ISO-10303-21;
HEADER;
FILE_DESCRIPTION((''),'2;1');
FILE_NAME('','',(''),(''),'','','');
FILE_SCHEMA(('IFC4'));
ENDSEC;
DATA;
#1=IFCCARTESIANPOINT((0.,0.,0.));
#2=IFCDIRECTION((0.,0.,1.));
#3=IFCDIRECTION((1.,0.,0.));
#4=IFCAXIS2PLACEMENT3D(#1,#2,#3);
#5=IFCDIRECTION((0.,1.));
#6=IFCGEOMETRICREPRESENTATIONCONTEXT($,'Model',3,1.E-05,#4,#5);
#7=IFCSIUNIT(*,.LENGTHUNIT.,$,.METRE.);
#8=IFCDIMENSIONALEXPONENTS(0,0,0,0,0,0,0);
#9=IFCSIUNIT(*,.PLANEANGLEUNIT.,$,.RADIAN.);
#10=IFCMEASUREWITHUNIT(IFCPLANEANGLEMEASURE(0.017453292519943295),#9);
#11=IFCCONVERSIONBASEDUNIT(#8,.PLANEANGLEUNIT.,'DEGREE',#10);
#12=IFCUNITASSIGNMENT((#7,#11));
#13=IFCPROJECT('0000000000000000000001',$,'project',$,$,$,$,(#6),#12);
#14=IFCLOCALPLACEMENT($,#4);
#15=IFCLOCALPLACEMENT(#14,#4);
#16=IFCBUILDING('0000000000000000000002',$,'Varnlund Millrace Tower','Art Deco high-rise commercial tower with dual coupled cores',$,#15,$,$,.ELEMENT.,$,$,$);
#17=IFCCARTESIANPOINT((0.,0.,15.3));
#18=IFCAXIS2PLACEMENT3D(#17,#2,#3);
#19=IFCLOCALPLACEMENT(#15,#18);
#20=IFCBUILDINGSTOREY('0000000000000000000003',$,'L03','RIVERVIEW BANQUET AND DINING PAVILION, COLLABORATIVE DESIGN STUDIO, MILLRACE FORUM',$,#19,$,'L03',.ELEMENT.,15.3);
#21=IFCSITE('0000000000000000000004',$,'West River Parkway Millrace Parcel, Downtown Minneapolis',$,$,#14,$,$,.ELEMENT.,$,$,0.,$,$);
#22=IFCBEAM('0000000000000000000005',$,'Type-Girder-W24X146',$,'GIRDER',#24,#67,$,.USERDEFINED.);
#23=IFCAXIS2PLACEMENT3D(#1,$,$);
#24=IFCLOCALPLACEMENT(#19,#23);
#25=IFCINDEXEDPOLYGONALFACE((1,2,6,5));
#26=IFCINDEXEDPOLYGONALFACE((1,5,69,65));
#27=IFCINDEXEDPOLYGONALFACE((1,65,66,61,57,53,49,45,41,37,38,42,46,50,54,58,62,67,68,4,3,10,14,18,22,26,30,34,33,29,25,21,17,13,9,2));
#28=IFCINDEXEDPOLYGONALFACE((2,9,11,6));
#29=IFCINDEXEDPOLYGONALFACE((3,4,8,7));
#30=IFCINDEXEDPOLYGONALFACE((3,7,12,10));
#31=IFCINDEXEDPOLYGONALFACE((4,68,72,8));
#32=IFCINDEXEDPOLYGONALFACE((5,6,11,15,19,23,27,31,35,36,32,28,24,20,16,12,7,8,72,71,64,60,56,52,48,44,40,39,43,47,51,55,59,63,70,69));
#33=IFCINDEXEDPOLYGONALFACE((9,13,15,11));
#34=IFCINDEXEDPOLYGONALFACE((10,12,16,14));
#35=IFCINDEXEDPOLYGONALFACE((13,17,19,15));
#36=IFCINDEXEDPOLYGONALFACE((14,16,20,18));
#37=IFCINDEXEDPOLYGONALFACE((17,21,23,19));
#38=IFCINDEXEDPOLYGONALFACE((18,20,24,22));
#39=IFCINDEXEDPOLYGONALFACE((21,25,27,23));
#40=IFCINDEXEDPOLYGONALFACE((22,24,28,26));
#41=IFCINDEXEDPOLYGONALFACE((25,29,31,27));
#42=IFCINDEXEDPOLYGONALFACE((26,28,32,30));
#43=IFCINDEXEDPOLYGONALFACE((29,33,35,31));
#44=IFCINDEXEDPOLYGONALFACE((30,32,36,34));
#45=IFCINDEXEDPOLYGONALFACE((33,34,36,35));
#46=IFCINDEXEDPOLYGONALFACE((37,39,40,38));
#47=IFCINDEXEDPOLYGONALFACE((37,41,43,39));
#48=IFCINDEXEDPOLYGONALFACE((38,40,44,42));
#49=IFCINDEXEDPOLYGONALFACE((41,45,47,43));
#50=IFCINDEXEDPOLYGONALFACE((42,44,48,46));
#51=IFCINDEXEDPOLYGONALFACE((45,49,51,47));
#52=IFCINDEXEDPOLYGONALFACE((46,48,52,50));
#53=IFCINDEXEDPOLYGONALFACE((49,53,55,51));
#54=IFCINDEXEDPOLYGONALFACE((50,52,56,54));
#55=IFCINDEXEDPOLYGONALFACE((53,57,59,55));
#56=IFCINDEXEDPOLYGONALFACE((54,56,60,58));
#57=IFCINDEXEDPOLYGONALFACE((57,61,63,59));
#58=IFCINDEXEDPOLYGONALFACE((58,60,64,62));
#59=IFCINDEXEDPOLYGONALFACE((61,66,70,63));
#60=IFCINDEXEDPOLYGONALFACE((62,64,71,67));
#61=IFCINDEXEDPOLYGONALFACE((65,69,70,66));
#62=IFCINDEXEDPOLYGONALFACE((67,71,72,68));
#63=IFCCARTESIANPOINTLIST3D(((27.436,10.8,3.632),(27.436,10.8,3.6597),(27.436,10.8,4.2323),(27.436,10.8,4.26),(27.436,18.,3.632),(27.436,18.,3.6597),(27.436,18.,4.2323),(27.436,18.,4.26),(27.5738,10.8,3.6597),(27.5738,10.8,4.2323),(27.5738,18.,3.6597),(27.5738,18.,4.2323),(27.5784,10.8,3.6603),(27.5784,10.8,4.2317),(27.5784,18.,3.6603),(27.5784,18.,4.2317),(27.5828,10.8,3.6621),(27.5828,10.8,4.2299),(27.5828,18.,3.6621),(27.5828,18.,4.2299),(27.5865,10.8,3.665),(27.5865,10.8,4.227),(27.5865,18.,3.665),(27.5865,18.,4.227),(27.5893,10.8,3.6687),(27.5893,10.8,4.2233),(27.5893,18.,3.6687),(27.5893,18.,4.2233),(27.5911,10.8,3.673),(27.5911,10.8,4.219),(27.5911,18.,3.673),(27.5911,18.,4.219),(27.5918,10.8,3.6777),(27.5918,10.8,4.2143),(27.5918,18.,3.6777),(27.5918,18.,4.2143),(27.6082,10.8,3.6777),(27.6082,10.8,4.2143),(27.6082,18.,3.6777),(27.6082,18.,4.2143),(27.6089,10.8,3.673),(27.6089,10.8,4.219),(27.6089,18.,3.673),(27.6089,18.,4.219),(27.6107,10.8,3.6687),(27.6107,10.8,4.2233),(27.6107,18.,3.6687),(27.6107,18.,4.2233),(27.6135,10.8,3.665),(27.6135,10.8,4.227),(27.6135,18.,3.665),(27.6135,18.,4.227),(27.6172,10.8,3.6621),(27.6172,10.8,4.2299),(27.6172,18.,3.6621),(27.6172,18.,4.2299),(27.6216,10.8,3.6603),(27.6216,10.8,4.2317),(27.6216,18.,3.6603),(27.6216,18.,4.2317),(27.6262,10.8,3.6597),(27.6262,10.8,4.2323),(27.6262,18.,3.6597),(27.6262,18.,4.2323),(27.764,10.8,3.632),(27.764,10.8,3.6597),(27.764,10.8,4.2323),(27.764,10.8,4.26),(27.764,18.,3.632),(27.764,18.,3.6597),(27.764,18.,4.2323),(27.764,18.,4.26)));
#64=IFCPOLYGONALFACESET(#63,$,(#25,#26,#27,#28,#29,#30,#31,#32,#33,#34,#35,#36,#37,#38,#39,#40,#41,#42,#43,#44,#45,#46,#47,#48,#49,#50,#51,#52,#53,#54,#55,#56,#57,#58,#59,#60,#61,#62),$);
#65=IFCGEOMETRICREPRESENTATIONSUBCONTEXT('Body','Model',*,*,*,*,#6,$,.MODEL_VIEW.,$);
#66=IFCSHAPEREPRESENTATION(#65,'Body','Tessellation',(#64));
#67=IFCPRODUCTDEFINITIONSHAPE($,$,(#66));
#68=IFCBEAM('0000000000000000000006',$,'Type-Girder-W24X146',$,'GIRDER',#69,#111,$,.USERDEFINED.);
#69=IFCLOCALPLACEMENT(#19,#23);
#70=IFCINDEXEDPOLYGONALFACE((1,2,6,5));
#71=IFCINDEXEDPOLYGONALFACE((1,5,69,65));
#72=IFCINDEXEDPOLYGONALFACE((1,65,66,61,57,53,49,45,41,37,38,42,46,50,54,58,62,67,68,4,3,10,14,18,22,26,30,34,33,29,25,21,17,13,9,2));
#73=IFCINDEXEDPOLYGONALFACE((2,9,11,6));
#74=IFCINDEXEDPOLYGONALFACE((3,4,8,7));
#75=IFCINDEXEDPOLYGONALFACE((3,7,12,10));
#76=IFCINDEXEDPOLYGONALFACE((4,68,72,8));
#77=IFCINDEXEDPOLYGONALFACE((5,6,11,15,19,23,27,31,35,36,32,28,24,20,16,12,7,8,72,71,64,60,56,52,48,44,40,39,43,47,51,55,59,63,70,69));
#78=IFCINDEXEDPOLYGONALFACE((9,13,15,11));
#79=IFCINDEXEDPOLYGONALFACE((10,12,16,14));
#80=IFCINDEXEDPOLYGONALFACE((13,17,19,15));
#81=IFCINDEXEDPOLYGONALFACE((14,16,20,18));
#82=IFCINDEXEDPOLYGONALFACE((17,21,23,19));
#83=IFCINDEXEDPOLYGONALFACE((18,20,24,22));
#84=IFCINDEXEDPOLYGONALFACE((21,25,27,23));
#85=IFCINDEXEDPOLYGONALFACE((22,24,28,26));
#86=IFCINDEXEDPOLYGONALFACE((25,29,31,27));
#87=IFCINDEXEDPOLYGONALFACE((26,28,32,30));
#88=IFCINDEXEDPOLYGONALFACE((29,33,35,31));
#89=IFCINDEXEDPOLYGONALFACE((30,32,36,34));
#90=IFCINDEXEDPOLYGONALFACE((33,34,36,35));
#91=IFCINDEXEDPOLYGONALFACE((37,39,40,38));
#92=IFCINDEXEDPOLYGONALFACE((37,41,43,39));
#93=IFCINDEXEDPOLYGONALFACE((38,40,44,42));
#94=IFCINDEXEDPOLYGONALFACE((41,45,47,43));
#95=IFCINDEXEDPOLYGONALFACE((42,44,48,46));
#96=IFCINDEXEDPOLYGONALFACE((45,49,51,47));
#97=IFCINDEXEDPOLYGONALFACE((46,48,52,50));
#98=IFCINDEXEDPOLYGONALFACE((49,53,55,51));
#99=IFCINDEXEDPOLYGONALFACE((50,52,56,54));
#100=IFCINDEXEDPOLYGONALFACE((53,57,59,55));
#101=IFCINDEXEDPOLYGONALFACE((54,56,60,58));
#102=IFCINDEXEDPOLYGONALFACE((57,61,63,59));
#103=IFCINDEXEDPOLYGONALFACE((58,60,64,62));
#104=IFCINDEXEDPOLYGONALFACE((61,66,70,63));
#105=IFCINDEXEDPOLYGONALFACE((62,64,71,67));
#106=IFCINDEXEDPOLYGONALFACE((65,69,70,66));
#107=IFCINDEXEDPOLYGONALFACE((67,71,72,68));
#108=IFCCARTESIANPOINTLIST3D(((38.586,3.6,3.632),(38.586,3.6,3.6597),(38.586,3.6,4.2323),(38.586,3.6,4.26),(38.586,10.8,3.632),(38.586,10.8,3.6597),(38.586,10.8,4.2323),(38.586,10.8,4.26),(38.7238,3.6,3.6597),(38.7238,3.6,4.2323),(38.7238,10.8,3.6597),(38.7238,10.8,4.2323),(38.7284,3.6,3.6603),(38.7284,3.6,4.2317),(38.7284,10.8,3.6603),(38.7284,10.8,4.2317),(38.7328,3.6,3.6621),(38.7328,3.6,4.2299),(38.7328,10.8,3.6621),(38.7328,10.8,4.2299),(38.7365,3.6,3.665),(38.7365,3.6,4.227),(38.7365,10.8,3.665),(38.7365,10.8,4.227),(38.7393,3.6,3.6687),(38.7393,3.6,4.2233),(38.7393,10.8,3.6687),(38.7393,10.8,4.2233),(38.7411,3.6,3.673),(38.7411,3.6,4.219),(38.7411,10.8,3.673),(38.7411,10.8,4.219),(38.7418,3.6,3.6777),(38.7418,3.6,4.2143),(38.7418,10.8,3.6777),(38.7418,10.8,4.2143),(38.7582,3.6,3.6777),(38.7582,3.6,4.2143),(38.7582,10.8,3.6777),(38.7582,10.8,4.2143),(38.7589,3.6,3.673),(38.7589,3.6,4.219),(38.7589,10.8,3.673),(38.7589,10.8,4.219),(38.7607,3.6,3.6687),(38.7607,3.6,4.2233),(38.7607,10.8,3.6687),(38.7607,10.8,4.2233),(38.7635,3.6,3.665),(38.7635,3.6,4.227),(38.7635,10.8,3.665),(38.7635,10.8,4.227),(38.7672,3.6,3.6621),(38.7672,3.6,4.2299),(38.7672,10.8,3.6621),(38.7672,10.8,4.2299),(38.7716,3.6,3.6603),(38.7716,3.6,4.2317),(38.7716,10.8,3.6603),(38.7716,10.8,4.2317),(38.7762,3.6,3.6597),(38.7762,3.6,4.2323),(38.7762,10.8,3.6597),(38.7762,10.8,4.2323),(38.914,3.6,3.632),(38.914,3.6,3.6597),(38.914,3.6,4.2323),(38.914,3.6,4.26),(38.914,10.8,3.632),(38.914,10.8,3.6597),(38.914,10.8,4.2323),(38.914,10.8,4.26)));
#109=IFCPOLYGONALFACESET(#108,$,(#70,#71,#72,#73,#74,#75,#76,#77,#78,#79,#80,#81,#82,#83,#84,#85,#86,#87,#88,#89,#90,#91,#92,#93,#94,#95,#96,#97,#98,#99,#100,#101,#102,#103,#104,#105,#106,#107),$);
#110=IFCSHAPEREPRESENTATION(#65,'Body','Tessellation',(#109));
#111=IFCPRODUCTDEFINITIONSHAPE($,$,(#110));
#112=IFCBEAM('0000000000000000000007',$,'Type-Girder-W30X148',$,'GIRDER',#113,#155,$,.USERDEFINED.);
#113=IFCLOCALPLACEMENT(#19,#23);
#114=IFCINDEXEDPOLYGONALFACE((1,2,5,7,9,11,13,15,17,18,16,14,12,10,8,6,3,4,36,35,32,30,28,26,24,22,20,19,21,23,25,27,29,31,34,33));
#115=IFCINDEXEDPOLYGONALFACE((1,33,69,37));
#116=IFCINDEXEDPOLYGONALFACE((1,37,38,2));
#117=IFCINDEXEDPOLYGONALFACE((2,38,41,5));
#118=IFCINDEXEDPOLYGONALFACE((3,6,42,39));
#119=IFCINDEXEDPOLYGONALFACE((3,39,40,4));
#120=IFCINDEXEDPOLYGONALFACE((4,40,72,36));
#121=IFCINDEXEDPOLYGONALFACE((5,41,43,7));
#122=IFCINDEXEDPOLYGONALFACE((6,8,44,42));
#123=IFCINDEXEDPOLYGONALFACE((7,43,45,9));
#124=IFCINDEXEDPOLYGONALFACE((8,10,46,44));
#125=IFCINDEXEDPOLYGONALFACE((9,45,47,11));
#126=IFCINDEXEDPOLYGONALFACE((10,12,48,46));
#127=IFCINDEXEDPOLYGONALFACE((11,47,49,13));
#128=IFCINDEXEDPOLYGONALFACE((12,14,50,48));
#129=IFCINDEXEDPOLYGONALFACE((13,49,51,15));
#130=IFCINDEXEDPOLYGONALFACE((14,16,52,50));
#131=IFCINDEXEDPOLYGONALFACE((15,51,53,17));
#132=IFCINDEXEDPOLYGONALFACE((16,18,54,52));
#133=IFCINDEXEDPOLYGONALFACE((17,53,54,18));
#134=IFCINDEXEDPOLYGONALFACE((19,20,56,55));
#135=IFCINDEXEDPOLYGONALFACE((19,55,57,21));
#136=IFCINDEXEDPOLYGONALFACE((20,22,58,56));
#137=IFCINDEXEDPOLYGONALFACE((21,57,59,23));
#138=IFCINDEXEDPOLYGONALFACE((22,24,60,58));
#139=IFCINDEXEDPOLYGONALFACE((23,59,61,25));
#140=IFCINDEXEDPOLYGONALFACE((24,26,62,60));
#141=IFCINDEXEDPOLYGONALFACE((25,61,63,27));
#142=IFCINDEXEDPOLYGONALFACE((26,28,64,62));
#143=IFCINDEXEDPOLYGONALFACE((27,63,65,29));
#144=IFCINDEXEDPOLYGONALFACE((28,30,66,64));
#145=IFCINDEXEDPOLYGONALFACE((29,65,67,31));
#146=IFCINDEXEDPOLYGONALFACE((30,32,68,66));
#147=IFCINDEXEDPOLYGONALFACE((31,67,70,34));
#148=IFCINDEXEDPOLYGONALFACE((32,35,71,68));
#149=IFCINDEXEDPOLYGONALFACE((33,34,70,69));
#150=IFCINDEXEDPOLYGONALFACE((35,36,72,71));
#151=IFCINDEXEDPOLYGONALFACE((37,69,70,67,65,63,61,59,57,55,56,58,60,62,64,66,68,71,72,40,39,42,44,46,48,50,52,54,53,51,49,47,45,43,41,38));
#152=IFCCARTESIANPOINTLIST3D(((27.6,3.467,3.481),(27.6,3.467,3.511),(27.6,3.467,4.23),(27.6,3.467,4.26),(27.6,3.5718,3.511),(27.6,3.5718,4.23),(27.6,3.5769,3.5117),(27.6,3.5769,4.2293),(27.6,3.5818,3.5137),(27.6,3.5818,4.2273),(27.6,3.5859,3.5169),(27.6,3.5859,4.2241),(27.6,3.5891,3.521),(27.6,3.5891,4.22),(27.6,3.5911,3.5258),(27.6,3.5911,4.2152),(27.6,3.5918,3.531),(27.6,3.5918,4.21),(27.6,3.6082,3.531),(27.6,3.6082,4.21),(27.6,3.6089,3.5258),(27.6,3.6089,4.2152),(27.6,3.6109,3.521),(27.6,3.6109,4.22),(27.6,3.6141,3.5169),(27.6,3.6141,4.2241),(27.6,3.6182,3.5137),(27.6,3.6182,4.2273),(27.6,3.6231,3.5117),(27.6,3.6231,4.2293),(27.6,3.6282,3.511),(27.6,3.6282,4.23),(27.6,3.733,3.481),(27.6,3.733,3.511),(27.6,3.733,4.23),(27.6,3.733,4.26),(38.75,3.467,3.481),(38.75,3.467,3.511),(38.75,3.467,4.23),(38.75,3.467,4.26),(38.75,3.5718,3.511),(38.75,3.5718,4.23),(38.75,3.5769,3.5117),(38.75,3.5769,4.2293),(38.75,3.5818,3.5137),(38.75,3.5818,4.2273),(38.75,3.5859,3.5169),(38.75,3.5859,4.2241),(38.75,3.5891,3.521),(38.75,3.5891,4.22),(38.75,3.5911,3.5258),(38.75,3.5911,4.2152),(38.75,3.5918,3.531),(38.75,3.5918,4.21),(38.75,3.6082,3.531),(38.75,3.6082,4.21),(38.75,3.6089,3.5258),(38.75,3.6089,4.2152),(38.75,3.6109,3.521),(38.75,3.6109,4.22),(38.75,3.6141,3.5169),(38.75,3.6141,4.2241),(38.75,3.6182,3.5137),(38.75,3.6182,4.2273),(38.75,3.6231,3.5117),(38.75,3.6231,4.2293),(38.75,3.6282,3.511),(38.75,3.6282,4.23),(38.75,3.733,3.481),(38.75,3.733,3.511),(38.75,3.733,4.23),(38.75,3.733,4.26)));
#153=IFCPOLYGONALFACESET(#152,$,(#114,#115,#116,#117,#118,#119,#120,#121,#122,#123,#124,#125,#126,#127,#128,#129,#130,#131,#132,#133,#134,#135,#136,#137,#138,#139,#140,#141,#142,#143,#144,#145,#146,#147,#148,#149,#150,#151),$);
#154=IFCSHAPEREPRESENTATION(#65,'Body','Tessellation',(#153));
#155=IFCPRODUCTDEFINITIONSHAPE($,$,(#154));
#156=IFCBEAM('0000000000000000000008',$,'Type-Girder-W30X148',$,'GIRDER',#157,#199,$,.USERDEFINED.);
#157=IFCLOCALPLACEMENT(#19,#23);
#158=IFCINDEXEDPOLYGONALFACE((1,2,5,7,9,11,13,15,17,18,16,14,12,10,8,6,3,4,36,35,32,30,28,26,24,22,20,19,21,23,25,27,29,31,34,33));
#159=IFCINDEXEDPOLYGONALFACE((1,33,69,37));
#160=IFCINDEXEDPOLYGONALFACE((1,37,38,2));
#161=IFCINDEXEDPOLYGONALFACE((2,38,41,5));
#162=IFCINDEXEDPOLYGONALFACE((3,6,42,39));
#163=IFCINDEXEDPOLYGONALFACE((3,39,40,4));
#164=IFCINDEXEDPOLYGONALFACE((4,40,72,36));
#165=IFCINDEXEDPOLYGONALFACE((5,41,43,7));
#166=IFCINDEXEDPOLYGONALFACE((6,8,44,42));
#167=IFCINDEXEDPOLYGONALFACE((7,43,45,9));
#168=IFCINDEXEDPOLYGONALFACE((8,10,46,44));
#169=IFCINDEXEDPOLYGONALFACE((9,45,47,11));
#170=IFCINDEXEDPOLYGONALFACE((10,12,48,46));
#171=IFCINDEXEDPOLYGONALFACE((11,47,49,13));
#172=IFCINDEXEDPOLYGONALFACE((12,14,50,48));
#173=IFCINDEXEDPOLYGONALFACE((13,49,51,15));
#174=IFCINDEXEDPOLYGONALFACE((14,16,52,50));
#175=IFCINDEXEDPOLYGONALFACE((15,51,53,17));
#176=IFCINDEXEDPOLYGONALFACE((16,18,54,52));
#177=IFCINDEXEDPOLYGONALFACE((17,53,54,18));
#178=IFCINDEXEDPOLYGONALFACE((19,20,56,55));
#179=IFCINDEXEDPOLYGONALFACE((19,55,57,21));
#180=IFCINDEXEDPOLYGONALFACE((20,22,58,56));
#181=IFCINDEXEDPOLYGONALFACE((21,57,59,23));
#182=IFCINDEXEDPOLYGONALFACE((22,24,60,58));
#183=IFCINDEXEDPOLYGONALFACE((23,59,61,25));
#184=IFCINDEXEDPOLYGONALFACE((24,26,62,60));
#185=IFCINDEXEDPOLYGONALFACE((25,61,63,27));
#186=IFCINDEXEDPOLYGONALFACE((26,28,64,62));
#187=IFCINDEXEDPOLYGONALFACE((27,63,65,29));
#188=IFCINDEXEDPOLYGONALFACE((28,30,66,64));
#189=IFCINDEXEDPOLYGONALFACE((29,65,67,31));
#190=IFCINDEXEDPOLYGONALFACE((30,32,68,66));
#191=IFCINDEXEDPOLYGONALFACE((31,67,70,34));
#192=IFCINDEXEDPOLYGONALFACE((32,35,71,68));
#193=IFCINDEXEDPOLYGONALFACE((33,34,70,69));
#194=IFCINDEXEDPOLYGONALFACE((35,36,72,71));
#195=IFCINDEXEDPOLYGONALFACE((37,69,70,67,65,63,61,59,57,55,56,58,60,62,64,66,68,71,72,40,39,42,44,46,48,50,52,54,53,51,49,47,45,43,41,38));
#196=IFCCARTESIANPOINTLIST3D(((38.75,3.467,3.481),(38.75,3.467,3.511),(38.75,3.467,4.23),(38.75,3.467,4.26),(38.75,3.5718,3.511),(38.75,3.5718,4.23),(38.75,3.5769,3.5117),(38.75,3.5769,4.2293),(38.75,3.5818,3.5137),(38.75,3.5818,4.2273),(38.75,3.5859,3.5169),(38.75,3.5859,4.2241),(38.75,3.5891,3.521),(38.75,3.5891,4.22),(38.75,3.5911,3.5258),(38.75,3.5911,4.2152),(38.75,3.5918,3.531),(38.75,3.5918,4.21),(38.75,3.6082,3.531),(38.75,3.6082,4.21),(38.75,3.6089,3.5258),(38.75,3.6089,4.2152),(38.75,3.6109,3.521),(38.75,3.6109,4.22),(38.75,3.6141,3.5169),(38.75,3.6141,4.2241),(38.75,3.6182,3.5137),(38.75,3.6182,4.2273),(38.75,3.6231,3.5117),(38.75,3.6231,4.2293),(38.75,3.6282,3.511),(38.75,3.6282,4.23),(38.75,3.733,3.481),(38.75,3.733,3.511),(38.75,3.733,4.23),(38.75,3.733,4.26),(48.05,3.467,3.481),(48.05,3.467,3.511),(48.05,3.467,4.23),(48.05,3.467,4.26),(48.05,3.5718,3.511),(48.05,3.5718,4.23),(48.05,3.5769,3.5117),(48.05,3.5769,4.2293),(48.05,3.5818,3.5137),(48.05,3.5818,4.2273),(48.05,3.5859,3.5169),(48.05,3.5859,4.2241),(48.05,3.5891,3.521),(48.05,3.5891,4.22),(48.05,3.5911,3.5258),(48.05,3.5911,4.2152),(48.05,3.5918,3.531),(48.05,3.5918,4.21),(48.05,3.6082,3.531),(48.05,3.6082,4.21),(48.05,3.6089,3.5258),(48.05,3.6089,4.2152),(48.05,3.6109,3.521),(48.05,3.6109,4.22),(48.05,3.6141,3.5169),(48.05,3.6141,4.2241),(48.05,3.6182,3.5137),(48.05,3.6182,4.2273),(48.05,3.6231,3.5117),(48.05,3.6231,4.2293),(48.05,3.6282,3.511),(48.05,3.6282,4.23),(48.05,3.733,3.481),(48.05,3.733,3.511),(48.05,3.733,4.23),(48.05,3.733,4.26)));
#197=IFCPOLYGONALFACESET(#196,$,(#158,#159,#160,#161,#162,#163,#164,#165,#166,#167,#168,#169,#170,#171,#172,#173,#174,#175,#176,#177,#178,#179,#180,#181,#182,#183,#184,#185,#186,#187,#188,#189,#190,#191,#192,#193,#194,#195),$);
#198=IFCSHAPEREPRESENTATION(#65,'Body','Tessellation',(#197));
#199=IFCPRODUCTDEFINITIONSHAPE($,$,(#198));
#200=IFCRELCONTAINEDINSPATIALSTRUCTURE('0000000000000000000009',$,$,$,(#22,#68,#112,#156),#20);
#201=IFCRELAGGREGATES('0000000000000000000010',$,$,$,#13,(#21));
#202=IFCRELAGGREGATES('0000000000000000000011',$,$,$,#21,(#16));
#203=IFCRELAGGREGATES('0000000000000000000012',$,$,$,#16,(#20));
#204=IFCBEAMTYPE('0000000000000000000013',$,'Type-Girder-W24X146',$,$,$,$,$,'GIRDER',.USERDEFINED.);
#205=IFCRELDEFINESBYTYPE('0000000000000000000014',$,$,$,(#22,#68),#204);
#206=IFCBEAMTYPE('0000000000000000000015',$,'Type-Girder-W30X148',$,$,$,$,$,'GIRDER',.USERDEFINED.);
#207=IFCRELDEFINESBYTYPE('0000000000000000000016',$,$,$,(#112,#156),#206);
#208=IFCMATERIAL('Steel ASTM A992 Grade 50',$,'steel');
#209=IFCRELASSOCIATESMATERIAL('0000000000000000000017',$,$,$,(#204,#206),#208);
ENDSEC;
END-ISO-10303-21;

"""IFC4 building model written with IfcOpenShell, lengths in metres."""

from ifc_helpers import new_model, entity, si_unit, converted_unit, direction, frame, origin_with_axes, origin_2d_with_axis, place, context, subcontext, project, spatial, i_section, extrude, material, material_profile, profile_set, type_object, element, save


model = new_model("IFC4")

# Units and contexts
model_context = context("Model", 3, precision=1e-05, world=origin_with_axes(), true_north=direction((0.0, 1.0)))
body_context = subcontext(model_context, "Body", "Model", "MODEL_VIEW")
ifc_project = project(units=[si_unit("LENGTHUNIT", "METRE"), converted_unit("PLANEANGLEUNIT", "DEGREE", entity("IfcPlaneAngleMeasure", 0.017453292519943295), si_unit("PLANEANGLEUNIT", "RADIAN"), dimensions=[0, 0, 0, 0, 0, 0, 0])], contexts=[model_context])

# Site, building, storey
site_placement = place(None, origin_with_axes())
site = spatial("IfcSite", under=ifc_project, at=site_placement, Name="West River Parkway Millrace Parcel, Downtown Minneapolis", CompositionType="ELEMENT", RefElevation=0.0)
building_placement = place(site_placement, origin_with_axes())
building = spatial("IfcBuilding", under=site, at=building_placement, Name="Varnlund Millrace Tower", Description="Art Deco high-rise commercial tower with dual coupled cores", CompositionType="ELEMENT")
storey_placement = place(building_placement, frame((0.0, 0.0, 15.3), z_axis=(0.0, 0.0, 1.0), x_axis=(1.0, 0.0, 0.0)))
storey = spatial("IfcBuildingStorey", under=building, at=storey_placement, Name="L03", Description="RIVERVIEW BANQUET AND DINING PAVILION, COLLABORATIVE DESIGN STUDIO, MILLRACE FORUM", LongName="L03", CompositionType="ELEMENT", Elevation=15.3)

# Beams
ifc_material_1 = material(Name="Steel ASTM A992 Grade 50", Category="steel")
ifc_material_profile_1 = material_profile(ifc_material_1, i_section(OverallWidth=0.328, OverallDepth=0.628, WebThickness=0.0165, FlangeThickness=0.0277, FilletRadius=0.018, at=origin_2d_with_axis()), Name="Steel ASTM A992 Grade 50")
ifc_profile_set_1 = profile_set([ifc_material_profile_1], Name="Steel ASTM A992 Grade 50")
beam_type_1 = type_object("IfcBeamType", Name="Type-Girder-W24X146", ElementType="GIRDER", PredefinedType="USERDEFINED", material=ifc_profile_set_1)
for number, where, z_axis, x_axis, name in (
    (1, (27.6, 10.8, 3.946), (0.0, 1.0, 0.0), (-1.0, 0.0, 0.0), "Type-Girder-W24X146"),
    (2, (38.75, 3.6, 3.946), (0.0, 1.0, 0.0), (-1.0, 0.0, 0.0), "Type-Girder-W24X146"),
):
    element("IfcBeam", number, at=place(storey_placement, frame(where, z_axis=z_axis, x_axis=x_axis)), inside=storey, type_object=beam_type_1, Name=name, ObjectType="GIRDER", PredefinedType="USERDEFINED", context=body_context, shape_type="SweptSolid", body=[
        extrude(i_section(OverallWidth=0.328, OverallDepth=0.628, WebThickness=0.0165, FlangeThickness=0.0277, FilletRadius=0.018, at=origin_2d_with_axis()), origin_with_axes(), (0.0, 0.0, 1.0), 7.2),
    ])
ifc_material_profile_2 = material_profile(ifc_material_1, i_section(OverallWidth=0.266, OverallDepth=0.779, WebThickness=0.0165, FlangeThickness=0.03, FilletRadius=0.02, at=origin_2d_with_axis()), Name="Steel ASTM A992 Grade 50")
ifc_profile_set_2 = profile_set([ifc_material_profile_2], Name="Steel ASTM A992 Grade 50")
beam_type_2 = type_object("IfcBeamType", Name="Type-Girder-W30X148", ElementType="GIRDER", PredefinedType="USERDEFINED", material=ifc_profile_set_2)
beam_1_placement = place(storey_placement, frame((27.6, 3.6, 3.8705), z_axis=(1.0, 0.0, 0.0), x_axis=(0.0, 1.0, 0.0)))
element("IfcBeam", 3, at=beam_1_placement, inside=storey, type_object=beam_type_2, Name="Type-Girder-W30X148", ObjectType="GIRDER", PredefinedType="USERDEFINED", context=body_context, shape_type="SweptSolid", body=[
    extrude(i_section(OverallWidth=0.266, OverallDepth=0.779, WebThickness=0.0165, FlangeThickness=0.03, FilletRadius=0.02, at=origin_2d_with_axis()), origin_with_axes(), (0.0, 0.0, 1.0), 11.15),
])
beam_2_placement = place(storey_placement, frame((38.75, 3.6, 3.8705), z_axis=(1.0, 0.0, 0.0), x_axis=(0.0, 1.0, 0.0)))
element("IfcBeam", 4, at=beam_2_placement, inside=storey, type_object=beam_type_2, Name="Type-Girder-W30X148", ObjectType="GIRDER", PredefinedType="USERDEFINED", context=body_context, shape_type="SweptSolid", body=[
    extrude(i_section(OverallWidth=0.266, OverallDepth=0.779, WebThickness=0.0165, FlangeThickness=0.03, FilletRadius=0.02, at=origin_2d_with_axis()), origin_with_axes(), (0.0, 0.0, 1.0), 9.3),
])

save(model, "model.ifc")
